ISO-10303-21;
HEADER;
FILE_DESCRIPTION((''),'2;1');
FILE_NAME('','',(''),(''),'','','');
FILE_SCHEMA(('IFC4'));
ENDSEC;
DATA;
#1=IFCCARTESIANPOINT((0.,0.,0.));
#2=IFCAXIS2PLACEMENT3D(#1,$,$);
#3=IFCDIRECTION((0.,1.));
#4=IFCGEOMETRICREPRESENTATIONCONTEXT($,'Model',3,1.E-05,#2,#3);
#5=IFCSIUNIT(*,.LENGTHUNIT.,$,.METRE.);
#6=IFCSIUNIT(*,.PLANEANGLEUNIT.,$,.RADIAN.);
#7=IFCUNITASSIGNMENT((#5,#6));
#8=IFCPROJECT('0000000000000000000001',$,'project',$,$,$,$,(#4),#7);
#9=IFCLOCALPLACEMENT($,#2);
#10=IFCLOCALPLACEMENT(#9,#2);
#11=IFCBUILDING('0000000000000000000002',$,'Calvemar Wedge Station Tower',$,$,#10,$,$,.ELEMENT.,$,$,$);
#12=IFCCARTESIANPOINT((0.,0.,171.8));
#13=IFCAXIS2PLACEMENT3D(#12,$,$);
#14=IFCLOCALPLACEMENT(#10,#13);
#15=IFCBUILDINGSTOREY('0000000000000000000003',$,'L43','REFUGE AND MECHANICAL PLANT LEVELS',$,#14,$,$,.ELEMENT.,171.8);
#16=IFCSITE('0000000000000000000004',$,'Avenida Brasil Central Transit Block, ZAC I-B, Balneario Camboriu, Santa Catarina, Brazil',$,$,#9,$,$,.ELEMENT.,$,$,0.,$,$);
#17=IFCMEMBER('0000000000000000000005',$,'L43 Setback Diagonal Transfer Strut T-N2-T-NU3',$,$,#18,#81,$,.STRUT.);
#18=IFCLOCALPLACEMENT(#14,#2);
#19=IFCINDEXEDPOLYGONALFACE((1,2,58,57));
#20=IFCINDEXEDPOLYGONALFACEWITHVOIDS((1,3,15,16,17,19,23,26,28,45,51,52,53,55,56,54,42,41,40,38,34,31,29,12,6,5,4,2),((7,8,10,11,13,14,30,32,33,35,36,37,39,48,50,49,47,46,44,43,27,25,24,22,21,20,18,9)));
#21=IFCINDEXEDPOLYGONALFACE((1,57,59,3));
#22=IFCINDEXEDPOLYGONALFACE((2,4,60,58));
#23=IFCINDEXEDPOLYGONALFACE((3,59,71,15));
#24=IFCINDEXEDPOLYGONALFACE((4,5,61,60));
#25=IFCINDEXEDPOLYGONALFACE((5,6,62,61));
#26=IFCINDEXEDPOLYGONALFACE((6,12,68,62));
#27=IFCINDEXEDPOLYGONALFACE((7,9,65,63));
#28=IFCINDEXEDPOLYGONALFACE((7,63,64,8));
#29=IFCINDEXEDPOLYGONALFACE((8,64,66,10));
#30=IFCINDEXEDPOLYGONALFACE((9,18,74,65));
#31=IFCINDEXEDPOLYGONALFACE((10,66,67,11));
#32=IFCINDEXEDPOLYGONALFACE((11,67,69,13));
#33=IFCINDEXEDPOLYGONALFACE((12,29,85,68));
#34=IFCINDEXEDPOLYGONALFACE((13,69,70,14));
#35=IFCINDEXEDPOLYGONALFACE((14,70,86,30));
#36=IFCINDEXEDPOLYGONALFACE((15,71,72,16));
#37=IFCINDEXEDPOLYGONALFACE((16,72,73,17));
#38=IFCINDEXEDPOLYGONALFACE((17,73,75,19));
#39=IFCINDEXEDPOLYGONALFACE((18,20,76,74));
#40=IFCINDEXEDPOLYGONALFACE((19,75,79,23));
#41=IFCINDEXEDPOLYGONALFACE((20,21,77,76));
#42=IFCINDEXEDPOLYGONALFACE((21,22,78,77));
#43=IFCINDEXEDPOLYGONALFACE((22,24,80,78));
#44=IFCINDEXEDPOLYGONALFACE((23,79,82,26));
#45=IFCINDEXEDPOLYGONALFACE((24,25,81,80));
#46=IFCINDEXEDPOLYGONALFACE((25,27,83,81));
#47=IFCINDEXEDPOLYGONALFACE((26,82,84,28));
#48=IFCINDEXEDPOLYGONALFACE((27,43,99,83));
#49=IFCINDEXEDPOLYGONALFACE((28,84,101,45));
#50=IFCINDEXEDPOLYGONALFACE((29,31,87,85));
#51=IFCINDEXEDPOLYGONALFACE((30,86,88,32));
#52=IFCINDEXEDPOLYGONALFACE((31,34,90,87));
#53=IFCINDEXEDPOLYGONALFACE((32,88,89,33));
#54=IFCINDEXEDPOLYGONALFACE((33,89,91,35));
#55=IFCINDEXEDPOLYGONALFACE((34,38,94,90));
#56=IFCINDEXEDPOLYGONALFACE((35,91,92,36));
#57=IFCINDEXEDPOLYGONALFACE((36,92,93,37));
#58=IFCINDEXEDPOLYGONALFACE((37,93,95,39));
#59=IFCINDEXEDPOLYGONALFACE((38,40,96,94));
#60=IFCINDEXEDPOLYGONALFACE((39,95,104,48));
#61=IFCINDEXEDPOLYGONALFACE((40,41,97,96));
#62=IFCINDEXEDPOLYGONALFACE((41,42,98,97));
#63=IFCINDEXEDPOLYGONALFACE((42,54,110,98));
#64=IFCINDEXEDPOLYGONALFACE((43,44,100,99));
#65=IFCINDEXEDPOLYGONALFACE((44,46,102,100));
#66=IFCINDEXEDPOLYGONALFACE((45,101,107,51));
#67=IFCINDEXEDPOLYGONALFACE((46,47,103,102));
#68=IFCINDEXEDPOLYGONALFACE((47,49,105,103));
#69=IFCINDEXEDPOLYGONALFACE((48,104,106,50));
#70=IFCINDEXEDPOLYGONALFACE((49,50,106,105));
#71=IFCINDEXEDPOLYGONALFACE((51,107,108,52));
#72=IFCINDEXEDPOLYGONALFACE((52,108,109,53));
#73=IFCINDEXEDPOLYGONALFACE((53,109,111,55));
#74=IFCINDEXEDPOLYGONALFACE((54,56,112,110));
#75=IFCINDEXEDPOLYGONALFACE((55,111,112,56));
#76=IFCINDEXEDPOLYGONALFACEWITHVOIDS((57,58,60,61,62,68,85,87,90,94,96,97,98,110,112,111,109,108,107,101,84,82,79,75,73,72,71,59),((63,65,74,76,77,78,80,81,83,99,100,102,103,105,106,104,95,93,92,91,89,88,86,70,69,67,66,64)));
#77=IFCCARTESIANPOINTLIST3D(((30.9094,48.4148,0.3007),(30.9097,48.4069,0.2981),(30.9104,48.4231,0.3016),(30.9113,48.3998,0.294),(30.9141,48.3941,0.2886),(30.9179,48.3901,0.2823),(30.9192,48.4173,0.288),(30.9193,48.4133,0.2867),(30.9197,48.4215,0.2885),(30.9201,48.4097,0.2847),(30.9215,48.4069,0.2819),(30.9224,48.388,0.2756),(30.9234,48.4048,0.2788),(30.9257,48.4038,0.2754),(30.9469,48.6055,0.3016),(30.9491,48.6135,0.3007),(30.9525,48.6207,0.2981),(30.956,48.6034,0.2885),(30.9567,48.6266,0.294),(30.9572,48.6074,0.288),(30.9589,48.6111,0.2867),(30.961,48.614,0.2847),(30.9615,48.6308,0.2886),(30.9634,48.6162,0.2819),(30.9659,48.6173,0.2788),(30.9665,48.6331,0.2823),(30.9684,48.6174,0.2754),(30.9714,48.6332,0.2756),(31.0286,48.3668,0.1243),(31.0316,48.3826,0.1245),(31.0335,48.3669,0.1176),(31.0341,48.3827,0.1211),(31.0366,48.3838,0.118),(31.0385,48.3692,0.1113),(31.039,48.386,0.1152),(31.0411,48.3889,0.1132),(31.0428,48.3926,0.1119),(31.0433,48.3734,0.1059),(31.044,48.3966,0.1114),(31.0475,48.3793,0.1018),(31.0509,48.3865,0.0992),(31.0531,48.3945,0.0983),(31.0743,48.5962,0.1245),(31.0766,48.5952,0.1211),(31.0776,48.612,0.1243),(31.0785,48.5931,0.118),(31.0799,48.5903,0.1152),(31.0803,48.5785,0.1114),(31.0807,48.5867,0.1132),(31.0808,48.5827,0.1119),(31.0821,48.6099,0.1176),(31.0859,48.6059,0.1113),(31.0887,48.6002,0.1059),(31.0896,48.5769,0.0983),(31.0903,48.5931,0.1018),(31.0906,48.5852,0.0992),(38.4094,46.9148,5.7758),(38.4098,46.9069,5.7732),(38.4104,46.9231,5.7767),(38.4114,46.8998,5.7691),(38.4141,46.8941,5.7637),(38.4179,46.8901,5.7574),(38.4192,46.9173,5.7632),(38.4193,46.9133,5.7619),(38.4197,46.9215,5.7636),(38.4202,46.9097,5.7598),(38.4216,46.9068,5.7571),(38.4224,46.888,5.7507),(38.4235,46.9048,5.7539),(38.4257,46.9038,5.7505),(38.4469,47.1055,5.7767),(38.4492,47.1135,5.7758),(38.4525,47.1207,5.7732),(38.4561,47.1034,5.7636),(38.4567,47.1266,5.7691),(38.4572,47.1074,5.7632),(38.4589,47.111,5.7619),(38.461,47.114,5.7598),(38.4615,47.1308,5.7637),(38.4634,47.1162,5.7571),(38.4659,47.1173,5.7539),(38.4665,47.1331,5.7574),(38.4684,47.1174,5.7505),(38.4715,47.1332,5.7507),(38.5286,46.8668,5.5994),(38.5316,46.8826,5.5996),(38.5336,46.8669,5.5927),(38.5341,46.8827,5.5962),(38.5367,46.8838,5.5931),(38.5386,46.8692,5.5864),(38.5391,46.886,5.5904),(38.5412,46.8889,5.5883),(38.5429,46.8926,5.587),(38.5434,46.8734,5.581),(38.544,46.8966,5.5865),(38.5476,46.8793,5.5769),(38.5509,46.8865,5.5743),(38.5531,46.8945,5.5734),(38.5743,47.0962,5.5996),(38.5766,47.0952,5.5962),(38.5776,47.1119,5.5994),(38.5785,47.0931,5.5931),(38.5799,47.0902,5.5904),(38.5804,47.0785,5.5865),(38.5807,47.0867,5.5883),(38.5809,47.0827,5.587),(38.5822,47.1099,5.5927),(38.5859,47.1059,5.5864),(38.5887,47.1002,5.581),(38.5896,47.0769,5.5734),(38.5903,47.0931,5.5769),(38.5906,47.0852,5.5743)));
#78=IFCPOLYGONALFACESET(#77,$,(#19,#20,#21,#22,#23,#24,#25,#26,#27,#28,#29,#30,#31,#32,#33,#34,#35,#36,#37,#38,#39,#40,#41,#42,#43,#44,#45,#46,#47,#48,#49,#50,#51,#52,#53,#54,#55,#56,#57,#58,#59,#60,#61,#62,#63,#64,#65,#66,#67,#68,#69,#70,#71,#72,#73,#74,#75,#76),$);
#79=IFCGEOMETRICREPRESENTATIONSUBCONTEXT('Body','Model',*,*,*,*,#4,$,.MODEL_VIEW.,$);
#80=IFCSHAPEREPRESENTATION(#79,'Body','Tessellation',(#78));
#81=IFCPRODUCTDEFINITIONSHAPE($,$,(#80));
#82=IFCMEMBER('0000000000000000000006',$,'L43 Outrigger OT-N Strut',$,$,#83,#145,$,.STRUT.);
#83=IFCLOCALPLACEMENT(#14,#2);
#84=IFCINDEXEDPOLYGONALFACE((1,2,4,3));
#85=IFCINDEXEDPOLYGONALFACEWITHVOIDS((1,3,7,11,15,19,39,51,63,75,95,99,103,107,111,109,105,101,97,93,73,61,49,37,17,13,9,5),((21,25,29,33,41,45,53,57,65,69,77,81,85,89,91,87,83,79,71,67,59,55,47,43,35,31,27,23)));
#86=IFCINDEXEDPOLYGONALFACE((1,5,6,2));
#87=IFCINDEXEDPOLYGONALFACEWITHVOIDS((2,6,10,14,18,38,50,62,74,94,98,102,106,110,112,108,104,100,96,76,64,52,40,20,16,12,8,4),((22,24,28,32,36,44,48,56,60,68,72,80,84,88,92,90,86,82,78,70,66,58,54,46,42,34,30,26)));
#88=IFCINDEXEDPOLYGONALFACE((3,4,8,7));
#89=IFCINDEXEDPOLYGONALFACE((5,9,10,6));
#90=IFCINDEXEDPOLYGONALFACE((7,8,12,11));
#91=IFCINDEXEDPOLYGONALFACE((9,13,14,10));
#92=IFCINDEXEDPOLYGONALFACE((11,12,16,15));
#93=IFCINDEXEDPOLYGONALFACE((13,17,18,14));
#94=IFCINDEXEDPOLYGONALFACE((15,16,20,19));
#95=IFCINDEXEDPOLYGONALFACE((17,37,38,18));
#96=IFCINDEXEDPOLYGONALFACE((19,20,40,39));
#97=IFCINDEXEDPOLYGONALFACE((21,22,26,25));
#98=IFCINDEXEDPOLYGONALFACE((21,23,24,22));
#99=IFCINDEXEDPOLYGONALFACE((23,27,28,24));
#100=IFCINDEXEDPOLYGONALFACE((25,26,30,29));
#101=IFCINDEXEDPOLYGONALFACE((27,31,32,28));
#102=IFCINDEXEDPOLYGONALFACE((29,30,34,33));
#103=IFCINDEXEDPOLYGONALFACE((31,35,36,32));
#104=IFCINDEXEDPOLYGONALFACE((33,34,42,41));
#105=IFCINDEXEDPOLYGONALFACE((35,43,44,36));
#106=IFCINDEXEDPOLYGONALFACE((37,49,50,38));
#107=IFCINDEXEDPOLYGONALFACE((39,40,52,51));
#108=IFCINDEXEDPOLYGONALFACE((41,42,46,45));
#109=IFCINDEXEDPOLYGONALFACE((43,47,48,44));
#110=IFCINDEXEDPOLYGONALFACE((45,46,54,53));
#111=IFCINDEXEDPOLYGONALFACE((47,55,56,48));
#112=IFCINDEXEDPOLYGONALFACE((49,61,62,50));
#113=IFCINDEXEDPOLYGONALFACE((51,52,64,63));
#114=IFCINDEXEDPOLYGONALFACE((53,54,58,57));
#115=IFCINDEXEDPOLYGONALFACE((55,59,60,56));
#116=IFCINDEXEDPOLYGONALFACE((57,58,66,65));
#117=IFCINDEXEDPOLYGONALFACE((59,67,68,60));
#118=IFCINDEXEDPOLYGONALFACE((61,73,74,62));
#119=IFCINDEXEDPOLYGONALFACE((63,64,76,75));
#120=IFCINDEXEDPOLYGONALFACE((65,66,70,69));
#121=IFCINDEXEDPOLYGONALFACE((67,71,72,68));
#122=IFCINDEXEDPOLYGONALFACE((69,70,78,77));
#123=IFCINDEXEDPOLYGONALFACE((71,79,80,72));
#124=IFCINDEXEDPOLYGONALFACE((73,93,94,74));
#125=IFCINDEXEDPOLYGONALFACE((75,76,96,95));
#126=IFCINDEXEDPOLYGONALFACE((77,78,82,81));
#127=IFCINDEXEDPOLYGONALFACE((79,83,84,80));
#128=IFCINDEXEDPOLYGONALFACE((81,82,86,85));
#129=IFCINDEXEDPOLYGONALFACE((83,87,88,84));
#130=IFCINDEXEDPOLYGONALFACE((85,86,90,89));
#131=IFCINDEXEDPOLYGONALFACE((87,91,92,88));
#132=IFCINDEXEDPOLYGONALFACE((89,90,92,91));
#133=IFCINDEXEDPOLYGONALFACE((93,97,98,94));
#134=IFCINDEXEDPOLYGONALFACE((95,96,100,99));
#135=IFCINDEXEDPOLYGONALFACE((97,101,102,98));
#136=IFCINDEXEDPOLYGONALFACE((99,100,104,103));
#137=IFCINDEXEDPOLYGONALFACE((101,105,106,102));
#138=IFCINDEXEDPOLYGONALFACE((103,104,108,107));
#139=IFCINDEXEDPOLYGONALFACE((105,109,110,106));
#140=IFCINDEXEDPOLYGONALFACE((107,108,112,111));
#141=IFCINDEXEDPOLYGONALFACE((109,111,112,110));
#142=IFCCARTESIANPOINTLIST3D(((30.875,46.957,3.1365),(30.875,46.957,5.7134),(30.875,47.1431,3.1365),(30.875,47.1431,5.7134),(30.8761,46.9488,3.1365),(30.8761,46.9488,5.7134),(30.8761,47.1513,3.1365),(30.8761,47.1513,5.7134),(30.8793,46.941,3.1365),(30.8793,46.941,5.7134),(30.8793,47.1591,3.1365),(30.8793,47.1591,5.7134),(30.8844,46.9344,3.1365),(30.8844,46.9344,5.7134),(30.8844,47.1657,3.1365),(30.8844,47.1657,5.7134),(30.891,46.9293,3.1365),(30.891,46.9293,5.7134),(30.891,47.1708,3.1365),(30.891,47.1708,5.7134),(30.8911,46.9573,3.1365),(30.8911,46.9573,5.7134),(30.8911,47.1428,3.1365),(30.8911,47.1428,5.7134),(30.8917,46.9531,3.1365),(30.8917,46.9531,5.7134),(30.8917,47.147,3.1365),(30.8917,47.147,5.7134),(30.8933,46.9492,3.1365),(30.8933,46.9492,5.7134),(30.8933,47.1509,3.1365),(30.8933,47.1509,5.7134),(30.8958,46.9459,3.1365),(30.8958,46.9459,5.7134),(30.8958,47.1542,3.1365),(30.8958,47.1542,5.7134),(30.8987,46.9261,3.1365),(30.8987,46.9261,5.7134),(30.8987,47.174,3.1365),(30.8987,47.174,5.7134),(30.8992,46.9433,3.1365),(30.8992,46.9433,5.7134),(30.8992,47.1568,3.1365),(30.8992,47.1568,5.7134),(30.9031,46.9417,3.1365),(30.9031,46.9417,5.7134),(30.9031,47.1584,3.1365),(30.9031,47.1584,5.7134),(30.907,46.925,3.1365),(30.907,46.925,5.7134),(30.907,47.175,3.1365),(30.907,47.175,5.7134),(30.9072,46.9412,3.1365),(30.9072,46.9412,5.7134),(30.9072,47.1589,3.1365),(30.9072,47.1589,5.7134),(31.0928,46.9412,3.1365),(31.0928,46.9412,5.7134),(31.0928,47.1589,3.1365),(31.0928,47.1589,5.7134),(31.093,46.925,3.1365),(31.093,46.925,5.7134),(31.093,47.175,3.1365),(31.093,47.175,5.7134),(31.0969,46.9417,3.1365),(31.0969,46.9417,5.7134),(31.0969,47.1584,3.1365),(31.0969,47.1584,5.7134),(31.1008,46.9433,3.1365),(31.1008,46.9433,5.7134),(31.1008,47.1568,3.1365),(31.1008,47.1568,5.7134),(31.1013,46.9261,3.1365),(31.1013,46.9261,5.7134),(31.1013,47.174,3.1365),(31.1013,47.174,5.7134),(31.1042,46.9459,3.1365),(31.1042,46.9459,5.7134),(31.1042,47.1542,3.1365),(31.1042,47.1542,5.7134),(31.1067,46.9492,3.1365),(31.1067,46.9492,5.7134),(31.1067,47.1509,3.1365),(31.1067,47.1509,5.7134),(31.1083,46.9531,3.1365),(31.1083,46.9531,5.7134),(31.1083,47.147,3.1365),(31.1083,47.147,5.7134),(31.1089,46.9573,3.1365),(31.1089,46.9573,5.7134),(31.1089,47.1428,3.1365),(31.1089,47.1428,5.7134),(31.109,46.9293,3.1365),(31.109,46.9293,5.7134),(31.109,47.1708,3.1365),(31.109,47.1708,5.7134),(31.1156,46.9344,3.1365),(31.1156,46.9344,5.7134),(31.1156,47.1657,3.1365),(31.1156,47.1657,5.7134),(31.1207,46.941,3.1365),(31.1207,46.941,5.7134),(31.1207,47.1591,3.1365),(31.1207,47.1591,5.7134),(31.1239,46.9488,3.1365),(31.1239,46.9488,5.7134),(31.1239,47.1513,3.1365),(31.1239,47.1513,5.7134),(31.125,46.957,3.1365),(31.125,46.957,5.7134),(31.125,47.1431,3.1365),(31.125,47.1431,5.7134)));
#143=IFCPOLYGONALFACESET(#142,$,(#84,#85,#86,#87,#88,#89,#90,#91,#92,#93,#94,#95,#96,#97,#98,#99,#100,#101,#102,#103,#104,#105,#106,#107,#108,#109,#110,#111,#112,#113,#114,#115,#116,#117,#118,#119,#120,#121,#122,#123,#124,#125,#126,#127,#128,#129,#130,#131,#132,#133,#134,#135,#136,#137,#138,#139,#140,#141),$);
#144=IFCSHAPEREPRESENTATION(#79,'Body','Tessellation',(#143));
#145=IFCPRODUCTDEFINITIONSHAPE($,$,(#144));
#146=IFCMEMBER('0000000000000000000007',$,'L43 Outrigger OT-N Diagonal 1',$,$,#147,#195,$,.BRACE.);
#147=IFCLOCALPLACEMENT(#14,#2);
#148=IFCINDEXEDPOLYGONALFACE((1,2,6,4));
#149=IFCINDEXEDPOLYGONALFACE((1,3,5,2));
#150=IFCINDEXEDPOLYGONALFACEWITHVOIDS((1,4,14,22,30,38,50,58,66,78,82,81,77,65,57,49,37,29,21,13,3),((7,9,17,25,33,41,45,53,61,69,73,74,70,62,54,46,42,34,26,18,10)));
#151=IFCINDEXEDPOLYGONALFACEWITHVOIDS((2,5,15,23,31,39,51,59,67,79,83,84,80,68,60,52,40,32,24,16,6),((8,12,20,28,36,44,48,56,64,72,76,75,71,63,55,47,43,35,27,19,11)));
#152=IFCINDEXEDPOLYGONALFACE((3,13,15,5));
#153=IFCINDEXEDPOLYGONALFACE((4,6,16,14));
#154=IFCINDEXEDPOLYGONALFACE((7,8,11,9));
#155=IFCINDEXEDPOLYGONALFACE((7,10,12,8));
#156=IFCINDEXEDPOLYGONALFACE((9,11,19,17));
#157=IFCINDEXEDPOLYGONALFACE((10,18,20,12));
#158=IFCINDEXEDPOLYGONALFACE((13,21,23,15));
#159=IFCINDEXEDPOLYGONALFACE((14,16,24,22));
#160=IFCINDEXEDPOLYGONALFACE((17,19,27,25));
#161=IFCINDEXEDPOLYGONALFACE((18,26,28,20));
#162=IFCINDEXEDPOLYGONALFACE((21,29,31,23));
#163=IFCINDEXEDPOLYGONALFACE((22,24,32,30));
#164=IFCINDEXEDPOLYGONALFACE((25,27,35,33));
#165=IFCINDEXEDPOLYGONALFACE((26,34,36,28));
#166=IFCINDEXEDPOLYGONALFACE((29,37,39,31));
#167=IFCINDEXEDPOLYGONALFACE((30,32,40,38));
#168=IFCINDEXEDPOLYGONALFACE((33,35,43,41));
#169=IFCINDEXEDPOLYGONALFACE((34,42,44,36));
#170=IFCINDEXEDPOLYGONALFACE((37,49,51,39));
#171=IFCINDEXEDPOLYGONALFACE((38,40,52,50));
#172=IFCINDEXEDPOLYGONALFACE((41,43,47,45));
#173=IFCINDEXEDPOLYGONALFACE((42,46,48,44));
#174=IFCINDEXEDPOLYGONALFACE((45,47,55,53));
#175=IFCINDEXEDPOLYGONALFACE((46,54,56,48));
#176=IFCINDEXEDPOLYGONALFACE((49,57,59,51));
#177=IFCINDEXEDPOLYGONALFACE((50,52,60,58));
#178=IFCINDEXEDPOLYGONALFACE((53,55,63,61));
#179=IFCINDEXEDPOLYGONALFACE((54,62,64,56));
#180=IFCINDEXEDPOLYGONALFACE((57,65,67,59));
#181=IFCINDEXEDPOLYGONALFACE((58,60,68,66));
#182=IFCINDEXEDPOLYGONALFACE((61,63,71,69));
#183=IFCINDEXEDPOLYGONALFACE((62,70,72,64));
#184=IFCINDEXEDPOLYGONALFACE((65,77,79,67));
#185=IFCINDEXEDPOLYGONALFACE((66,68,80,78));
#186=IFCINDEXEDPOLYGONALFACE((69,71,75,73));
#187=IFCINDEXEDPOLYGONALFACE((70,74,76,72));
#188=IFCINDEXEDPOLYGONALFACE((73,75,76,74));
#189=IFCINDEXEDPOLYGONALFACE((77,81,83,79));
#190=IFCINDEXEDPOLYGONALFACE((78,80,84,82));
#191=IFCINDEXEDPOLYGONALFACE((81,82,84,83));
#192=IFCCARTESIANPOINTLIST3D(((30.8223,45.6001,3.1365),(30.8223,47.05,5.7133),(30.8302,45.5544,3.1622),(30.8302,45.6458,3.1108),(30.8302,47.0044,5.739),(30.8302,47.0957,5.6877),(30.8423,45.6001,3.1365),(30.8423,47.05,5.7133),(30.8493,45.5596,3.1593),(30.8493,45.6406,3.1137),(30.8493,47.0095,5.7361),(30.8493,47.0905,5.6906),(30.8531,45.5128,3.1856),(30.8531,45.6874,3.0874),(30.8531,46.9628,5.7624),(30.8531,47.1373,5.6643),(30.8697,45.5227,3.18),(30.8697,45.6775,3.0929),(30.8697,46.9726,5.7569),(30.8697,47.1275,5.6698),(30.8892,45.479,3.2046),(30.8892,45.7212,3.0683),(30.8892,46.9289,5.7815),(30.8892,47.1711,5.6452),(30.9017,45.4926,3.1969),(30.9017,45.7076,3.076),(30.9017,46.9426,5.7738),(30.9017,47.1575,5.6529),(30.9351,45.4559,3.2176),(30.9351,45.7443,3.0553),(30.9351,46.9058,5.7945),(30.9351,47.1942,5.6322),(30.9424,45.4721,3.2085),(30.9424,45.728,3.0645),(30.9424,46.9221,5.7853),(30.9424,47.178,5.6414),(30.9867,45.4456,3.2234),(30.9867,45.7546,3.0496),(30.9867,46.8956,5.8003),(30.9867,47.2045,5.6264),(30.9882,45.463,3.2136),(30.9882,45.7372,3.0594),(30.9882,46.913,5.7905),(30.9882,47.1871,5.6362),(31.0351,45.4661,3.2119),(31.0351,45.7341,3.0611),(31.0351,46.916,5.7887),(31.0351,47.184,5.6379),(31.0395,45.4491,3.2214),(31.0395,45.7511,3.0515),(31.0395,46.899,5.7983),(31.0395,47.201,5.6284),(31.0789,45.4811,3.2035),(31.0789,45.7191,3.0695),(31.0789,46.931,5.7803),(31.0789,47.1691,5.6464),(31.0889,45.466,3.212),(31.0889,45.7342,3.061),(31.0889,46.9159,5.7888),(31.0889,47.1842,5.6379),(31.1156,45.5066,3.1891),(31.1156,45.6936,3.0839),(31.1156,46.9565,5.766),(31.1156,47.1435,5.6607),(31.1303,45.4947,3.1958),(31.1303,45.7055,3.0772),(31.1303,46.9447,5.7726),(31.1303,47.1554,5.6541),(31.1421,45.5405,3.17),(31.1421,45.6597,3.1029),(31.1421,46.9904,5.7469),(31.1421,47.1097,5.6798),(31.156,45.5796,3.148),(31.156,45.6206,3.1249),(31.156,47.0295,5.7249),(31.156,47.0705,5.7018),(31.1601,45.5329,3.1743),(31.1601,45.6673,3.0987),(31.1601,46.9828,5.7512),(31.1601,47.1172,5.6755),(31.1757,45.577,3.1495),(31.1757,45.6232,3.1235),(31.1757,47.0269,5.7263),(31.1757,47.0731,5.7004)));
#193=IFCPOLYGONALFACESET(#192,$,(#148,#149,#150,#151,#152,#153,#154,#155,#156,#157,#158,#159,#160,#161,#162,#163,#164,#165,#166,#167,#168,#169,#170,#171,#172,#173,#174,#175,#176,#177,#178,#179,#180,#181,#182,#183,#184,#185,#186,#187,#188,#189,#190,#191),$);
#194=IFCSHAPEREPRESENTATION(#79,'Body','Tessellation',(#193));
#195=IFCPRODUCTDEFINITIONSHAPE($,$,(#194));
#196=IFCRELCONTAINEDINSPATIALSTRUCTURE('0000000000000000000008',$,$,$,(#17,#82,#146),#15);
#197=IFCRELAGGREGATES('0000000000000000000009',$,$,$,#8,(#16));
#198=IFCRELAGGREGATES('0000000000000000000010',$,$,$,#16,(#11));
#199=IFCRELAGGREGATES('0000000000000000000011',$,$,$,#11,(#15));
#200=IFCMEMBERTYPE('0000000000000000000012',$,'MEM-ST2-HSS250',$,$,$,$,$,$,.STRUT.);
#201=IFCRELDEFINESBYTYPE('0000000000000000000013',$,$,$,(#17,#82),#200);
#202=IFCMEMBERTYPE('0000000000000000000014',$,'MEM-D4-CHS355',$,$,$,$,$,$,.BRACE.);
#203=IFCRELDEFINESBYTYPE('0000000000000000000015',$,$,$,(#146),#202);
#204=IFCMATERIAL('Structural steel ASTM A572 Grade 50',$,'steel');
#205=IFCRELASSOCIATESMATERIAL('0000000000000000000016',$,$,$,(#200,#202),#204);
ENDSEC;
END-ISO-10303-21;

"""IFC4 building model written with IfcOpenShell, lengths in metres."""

from ifc_helpers import new_model, si_unit, direction, frame, origin, origin_2d, place, context, subcontext, project, spatial, hollow_rectangle, hollow_circle, extrude, source, transform, mapped, material, material_profile, profile_set, type_object, element, save


model = new_model("IFC4")

# Units and contexts
model_context = context("Model", 3, precision=1e-05, world=origin(), true_north=direction((0.0, 1.0)))
body_context = subcontext(model_context, "Body", "Model", "MODEL_VIEW")
ifc_project = project(units=[si_unit("LENGTHUNIT", "METRE"), si_unit("PLANEANGLEUNIT", "RADIAN")], contexts=[model_context])

# Site, building, storey
site_placement = place(None, origin())
site = spatial("IfcSite", under=ifc_project, at=site_placement, Name="Avenida Brasil Central Transit Block, ZAC I-B, Balneario Camboriu, Santa Catarina, Brazil", CompositionType="ELEMENT", RefElevation=0.0)
building_placement = place(site_placement, origin())
building = spatial("IfcBuilding", under=site, at=building_placement, Name="Calvemar Wedge Station Tower", CompositionType="ELEMENT")
storey_placement = place(building_placement, frame((0.0, 0.0, 171.8)))
storey = spatial("IfcBuildingStorey", under=building, at=storey_placement, Name="L43", Description="REFUGE AND MECHANICAL PLANT LEVELS", CompositionType="ELEMENT", Elevation=171.8)

# Shared definitions
ifc_material_1 = material(Name="Structural steel ASTM A572 Grade 50", Category="steel")

# Members
ifc_material_profile_1 = material_profile(ifc_material_1, hollow_rectangle(XDim=0.25, YDim=0.25, WallThickness=0.0161, InnerFilletRadius=0.0161, OuterFilletRadius=0.032, at=origin_2d()), Name="HSS250x250x16")
ifc_profile_set_1 = profile_set([ifc_material_profile_1], Name="Structural steel ASTM A572 Grade 50")
member_type_1 = type_object("IfcMemberType", Name="MEM-ST2-HSS250", PredefinedType="STRUT", material=ifc_profile_set_1)
shared_shape_1 = source(origin(), body_context, "Body", "SweptSolid", [
    extrude(hollow_rectangle(XDim=0.25, YDim=0.25, WallThickness=0.0161, InnerFilletRadius=0.0161, OuterFilletRadius=0.032, at=origin_2d()), origin(), (0.0, 0.0, 1.0), 9.4062),
])
member_1_placement = place(storey_placement, frame((31.0, 48.5, 0.2), z_axis=(0.797346, -0.159469, 0.582073), x_axis=(0.196116, 0.980581, 0.0)))
element("IfcMember", 1, at=member_1_placement, inside=storey, type_object=member_type_1, Name="L43 Setback Diagonal Transfer Strut T-N2-T-NU3", PredefinedType="STRUT", context=body_context, shape_type="MappedRepresentation", body=[
    mapped(shared_shape_1, transform((0.0, 0.0, 0.0), scale=1.0)),
])
shared_shape_2 = source(origin(), body_context, "Body", "SweptSolid", [
    extrude(hollow_rectangle(XDim=0.25, YDim=0.25, WallThickness=0.0161, InnerFilletRadius=0.0161, OuterFilletRadius=0.032, at=origin_2d()), origin(), (0.0, 0.0, 1.0), 2.5769),
])
member_2_placement = place(storey_placement, frame((31.0, 47.05, 3.1365), z_axis=(0.0, 0.0, 1.0), x_axis=(1.0, 0.0, 0.0)))
element("IfcMember", 2, at=member_2_placement, inside=storey, type_object=member_type_1, Name="L43 Outrigger OT-N Strut", PredefinedType="STRUT", context=body_context, shape_type="MappedRepresentation", body=[
    mapped(shared_shape_2, transform((0.0, 0.0, 0.0), scale=1.0)),
])
ifc_material_profile_2 = material_profile(ifc_material_1, hollow_circle(Radius=0.1777, WallThickness=0.02, at=origin_2d()), Name="CHS355.6x20")
ifc_profile_set_2 = profile_set([ifc_material_profile_2], Name="Structural steel ASTM A572 Grade 50")
member_type_2 = type_object("IfcMemberType", Name="MEM-D4-CHS355", PredefinedType="BRACE", material=ifc_profile_set_2)
shared_shape_3 = source(origin(), body_context, "Body", "SweptSolid", [
    extrude(hollow_circle(Radius=0.1777, WallThickness=0.02, at=origin_2d()), origin(), (0.0, 0.0, 1.0), 2.9568),
])
for number, where, z_axis, x_axis, name in (
    (3, (31.0, 45.6001, 3.1365), (0.0, 0.490375, 0.871512), (-1.0, 0.0, 0.0), "L43 Outrigger OT-N Diagonal 1"),
):
    element("IfcMember", number, at=place(storey_placement, frame(where, z_axis=z_axis, x_axis=x_axis)), inside=storey, type_object=member_type_2, Name=name, PredefinedType="BRACE", context=body_context, shape_type="MappedRepresentation", body=[
        mapped(shared_shape_3, transform((0.0, 0.0, 0.0), scale=1.0)),
    ])

save(model, "model.ifc")
